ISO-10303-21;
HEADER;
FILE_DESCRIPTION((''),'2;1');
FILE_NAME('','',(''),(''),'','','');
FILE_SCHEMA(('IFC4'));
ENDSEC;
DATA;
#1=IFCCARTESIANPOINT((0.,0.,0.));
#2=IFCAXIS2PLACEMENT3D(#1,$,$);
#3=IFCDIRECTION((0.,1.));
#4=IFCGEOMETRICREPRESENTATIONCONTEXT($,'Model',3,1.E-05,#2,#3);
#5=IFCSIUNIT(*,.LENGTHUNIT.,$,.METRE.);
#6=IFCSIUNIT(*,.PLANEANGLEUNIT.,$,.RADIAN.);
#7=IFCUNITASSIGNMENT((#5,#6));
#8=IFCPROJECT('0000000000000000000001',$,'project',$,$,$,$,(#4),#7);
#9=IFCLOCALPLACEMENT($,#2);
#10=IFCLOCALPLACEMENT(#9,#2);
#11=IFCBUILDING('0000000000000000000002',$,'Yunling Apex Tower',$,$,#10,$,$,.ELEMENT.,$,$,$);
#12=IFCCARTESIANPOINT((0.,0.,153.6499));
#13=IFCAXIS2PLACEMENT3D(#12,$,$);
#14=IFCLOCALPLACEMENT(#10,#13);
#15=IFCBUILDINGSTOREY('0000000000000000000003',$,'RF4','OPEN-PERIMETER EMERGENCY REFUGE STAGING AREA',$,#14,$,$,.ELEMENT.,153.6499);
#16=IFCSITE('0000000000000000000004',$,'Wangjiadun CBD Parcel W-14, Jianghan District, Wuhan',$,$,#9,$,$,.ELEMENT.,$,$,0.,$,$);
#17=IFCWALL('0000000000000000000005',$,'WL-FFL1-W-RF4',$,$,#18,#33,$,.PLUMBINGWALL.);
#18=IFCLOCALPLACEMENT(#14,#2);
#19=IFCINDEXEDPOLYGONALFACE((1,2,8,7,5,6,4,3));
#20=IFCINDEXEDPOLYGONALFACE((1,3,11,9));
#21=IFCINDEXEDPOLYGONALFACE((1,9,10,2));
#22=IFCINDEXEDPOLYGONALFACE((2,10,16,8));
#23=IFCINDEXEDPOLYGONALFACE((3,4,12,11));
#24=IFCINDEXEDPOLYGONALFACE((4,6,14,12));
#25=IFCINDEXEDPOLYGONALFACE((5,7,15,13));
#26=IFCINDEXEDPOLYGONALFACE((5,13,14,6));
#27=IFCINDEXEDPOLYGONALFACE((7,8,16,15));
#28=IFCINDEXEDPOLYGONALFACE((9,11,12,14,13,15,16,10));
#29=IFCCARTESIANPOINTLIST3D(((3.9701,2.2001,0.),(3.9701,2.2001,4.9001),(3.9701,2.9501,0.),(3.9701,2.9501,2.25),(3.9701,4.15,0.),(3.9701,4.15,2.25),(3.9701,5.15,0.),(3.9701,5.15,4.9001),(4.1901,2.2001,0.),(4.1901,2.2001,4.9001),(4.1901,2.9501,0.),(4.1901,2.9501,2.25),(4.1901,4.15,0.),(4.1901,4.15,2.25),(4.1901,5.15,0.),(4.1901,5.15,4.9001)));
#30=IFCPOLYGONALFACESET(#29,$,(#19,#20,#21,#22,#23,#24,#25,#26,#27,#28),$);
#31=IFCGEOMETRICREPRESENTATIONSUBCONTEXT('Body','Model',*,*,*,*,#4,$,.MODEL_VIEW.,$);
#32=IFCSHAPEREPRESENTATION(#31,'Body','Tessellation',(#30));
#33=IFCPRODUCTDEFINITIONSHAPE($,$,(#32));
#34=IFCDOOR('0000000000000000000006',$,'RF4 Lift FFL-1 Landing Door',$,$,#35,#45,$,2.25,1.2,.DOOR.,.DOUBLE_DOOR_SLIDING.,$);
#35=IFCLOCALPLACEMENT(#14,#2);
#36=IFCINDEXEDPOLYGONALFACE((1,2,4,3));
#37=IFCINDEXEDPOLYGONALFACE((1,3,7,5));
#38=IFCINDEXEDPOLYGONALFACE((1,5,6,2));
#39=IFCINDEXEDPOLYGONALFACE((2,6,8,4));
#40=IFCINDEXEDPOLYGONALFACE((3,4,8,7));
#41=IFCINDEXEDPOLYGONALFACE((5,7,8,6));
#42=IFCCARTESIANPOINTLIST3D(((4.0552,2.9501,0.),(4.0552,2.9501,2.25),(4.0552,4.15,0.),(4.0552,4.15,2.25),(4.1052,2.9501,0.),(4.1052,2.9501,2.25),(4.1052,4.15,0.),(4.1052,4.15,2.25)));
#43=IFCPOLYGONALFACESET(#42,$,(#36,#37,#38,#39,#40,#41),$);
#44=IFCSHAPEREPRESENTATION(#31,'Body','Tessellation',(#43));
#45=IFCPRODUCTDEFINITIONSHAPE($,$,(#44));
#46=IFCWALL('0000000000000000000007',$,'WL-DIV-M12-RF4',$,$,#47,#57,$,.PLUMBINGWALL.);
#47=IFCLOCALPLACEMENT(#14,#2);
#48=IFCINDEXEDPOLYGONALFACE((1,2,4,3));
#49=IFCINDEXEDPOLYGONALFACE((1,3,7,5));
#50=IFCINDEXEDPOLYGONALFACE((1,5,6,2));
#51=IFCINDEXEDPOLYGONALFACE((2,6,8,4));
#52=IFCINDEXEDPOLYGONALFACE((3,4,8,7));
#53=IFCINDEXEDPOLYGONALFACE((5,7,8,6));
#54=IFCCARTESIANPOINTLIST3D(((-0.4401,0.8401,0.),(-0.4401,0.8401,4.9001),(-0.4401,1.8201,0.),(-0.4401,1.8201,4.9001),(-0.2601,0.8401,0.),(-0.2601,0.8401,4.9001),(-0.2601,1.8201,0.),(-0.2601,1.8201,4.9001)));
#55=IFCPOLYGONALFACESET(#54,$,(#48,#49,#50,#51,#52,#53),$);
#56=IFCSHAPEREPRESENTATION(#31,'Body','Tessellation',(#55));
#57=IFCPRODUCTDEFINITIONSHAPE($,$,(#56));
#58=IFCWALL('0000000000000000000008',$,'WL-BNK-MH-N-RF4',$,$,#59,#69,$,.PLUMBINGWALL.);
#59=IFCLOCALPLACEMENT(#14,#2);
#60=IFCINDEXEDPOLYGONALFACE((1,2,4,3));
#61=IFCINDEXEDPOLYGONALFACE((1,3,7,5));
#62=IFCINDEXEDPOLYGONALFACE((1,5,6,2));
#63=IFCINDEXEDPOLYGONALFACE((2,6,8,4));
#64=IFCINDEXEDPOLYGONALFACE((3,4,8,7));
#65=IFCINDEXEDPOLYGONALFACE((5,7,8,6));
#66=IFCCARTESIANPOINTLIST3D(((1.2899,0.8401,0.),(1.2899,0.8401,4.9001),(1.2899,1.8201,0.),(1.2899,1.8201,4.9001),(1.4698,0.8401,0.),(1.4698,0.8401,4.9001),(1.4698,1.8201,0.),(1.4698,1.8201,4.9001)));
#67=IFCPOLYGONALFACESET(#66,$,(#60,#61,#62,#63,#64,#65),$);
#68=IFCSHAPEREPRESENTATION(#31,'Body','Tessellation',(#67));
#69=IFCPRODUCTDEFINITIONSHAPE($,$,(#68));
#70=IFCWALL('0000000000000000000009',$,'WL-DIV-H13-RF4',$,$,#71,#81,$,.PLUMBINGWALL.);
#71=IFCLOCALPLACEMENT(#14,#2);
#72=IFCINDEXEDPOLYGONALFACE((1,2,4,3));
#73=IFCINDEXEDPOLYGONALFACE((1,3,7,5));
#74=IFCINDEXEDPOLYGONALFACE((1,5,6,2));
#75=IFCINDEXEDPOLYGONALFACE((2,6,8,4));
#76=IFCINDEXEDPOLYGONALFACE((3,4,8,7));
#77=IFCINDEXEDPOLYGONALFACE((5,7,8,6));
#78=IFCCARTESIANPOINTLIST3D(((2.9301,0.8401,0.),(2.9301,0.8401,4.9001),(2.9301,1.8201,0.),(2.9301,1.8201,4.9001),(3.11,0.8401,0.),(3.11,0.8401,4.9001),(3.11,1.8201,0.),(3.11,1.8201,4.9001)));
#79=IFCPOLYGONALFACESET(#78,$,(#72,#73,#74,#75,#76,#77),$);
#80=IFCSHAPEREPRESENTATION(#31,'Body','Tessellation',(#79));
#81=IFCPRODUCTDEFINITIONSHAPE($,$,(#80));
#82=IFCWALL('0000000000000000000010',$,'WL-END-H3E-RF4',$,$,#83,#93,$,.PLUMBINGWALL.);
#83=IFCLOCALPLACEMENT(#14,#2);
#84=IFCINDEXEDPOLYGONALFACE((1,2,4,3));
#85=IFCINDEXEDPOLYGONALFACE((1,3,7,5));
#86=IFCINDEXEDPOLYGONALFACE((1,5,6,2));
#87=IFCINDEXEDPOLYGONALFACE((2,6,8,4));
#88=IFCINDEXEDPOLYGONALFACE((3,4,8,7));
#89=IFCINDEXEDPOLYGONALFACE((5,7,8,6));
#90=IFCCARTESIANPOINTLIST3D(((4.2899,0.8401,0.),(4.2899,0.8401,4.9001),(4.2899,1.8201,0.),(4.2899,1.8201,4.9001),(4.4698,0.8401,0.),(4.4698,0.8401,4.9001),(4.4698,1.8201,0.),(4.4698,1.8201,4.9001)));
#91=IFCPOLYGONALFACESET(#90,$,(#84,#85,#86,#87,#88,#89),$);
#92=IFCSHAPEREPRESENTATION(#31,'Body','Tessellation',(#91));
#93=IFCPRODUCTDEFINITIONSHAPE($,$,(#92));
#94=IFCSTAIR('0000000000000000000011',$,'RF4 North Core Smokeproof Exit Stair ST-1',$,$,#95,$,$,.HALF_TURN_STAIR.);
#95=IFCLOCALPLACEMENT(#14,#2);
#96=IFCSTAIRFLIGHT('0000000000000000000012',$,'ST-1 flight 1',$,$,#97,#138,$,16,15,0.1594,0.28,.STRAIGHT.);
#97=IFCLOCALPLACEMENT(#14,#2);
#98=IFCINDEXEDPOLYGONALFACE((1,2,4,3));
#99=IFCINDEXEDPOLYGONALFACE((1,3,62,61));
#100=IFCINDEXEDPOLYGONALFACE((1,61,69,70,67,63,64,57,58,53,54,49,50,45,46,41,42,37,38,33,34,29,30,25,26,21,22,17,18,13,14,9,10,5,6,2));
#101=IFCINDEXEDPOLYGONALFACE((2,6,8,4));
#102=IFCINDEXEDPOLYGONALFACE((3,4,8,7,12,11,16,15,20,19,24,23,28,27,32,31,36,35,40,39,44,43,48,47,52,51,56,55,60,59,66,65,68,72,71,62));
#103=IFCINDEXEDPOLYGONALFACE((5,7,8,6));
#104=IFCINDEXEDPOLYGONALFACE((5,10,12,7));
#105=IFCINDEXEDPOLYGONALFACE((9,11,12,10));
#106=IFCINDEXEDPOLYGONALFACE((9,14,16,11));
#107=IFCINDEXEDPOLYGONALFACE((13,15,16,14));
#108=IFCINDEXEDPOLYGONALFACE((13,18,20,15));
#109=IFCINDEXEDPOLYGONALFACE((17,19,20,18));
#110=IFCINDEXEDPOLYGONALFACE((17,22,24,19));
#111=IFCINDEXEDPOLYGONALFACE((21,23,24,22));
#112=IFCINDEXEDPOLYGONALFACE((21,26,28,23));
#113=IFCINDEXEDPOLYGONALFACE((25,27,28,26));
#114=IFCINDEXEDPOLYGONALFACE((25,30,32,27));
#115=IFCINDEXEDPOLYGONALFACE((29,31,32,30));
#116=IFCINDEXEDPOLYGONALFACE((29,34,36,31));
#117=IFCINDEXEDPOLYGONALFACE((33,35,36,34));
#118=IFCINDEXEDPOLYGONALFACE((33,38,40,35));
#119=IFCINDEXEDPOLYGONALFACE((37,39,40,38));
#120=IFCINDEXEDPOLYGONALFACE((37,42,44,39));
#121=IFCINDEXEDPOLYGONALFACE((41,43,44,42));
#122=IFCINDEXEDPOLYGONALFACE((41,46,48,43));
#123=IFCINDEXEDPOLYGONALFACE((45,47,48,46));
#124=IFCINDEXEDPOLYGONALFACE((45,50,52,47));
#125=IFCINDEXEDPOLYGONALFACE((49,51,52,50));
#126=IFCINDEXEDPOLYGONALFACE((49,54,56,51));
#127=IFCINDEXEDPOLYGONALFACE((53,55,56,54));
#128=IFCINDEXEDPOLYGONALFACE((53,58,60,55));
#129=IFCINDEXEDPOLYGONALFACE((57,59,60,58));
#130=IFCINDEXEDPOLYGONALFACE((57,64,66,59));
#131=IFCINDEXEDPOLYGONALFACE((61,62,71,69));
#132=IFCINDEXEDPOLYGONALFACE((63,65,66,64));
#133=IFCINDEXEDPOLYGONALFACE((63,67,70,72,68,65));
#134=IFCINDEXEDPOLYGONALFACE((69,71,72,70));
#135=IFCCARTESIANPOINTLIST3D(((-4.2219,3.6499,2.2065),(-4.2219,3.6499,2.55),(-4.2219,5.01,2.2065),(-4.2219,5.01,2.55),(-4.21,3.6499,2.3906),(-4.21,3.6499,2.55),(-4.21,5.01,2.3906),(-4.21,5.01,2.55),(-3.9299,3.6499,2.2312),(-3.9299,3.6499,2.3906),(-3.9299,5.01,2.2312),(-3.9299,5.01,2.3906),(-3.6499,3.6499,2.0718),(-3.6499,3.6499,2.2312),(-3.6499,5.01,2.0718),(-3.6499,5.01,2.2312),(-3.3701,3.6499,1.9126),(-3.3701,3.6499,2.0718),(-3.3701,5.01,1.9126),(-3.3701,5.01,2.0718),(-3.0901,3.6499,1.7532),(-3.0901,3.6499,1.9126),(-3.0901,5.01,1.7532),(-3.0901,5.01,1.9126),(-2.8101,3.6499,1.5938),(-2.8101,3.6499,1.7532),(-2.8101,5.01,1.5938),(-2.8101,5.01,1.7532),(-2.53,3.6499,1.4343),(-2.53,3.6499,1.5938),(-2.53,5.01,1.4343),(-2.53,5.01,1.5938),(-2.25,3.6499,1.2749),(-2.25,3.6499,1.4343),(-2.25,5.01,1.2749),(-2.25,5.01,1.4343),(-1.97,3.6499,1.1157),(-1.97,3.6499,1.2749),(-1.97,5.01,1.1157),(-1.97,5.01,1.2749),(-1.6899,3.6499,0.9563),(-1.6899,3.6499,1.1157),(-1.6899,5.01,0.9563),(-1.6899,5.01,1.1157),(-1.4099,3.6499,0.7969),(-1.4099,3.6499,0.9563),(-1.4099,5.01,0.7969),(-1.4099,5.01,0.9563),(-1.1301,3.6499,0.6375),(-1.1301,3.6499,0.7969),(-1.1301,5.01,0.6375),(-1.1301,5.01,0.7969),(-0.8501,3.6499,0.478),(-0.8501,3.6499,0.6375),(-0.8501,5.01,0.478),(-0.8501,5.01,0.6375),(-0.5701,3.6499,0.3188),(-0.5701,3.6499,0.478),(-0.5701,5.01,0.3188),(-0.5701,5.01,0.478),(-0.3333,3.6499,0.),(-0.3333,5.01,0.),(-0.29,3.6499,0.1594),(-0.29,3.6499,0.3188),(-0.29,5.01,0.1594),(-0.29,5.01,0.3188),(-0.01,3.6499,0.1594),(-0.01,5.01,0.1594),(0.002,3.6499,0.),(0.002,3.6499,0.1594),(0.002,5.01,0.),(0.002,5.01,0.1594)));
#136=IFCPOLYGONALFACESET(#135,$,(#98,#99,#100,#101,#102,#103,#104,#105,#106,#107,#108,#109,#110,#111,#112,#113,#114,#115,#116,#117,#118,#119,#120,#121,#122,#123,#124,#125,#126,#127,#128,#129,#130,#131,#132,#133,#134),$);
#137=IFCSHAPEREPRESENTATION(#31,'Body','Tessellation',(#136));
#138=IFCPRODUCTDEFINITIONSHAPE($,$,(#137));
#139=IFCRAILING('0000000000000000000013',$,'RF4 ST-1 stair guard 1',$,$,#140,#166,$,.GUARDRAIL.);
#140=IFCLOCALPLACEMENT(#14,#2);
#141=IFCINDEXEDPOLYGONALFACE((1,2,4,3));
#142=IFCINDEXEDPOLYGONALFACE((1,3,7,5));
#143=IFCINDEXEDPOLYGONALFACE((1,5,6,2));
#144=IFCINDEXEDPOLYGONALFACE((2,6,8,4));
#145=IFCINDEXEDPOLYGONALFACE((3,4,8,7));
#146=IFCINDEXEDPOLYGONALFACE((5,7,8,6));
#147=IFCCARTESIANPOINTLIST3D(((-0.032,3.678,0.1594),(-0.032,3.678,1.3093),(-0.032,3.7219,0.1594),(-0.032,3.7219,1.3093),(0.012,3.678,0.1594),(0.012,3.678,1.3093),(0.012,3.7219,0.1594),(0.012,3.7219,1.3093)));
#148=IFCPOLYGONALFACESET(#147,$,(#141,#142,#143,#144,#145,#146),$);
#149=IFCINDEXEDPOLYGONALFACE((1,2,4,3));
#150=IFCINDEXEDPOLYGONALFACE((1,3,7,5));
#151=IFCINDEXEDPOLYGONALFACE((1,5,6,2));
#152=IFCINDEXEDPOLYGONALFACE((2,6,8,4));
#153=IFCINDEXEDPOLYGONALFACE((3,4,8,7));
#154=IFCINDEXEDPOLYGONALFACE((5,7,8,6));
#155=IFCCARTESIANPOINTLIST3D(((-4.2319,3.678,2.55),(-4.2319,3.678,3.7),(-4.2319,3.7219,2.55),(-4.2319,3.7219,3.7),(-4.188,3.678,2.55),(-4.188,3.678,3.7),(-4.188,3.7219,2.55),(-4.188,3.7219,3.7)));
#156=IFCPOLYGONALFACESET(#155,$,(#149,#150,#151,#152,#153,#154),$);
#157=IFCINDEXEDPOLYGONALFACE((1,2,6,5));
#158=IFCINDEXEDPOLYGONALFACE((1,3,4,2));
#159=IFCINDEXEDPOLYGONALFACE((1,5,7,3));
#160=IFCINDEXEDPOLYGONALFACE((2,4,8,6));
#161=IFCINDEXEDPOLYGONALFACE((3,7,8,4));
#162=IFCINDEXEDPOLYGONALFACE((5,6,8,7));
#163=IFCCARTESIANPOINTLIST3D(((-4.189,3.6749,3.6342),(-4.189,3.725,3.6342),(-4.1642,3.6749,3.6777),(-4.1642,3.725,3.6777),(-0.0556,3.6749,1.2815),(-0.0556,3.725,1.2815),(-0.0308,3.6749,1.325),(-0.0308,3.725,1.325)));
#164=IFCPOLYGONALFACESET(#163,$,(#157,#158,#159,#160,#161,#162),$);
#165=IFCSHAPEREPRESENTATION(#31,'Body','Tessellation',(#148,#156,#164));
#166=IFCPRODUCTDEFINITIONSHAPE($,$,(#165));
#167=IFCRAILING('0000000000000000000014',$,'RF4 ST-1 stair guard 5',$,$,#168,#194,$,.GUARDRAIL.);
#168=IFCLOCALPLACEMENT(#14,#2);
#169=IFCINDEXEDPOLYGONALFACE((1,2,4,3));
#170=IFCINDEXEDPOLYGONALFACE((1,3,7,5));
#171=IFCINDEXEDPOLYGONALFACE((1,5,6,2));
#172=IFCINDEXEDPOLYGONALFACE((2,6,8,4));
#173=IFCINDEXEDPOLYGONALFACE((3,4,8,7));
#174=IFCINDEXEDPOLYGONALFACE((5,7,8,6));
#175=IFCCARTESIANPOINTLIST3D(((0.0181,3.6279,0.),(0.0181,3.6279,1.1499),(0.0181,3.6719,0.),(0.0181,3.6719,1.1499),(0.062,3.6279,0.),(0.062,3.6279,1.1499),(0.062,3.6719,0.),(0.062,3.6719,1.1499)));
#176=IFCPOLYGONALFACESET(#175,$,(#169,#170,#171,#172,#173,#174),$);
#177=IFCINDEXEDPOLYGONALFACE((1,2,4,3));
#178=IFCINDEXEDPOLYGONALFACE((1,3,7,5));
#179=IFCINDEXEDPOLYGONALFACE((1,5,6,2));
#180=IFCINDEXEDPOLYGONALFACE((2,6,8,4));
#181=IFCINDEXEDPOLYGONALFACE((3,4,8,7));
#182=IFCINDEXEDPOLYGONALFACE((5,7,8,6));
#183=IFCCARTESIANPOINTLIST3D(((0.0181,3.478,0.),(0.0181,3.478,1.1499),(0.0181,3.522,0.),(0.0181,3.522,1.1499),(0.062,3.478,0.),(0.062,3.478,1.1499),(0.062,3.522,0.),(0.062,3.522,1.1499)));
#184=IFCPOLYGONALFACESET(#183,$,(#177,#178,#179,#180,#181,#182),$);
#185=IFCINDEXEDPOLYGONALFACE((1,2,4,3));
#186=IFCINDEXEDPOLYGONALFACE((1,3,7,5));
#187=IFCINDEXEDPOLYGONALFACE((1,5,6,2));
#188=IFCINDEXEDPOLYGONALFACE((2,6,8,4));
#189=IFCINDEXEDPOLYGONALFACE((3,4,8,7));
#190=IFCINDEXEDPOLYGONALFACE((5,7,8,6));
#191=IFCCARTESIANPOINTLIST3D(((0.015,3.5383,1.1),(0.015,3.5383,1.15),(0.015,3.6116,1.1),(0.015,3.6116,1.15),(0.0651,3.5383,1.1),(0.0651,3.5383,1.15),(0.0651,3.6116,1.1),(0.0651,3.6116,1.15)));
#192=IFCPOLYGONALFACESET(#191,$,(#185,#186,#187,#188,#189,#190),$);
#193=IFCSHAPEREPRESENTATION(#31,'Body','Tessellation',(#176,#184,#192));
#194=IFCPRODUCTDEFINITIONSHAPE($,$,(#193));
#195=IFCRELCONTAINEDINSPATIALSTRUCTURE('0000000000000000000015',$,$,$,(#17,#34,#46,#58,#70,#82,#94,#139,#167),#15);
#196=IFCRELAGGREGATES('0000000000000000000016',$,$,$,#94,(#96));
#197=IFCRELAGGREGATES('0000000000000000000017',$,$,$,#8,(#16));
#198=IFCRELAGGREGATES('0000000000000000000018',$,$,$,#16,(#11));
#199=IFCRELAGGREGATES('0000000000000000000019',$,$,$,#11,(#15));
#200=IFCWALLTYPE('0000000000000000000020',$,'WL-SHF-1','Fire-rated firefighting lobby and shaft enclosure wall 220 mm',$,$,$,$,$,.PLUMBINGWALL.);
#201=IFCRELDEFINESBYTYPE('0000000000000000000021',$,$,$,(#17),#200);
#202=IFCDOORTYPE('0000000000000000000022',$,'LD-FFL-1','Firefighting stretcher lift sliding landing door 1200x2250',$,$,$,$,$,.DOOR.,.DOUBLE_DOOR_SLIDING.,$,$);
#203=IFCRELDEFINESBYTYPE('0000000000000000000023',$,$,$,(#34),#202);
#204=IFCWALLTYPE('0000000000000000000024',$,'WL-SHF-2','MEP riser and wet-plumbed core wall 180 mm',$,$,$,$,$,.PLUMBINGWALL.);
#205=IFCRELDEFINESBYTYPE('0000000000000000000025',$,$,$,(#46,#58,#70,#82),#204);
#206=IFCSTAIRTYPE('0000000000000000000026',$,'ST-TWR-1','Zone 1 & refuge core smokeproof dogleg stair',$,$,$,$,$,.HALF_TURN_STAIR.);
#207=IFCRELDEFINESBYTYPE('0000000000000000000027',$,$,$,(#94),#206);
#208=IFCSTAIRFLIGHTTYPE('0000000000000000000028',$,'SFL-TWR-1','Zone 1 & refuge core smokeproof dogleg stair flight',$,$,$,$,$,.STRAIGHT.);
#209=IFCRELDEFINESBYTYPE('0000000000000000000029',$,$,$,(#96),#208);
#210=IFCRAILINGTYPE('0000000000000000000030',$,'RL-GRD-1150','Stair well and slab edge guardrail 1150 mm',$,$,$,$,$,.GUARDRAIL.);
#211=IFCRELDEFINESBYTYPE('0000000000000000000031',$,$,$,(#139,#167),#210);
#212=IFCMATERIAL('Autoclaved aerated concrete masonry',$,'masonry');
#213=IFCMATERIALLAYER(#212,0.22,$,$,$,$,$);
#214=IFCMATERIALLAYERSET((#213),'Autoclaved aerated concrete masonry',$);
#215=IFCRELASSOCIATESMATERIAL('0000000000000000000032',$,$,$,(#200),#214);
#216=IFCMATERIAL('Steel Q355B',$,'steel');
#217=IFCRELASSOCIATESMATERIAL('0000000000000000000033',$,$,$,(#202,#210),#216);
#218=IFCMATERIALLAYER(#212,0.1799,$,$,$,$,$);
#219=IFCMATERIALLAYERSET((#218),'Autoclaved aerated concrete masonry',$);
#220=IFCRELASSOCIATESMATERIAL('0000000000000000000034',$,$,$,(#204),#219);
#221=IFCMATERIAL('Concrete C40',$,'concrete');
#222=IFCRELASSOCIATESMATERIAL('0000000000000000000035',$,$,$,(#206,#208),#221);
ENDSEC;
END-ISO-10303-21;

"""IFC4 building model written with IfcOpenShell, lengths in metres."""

from ifc_helpers import new_model, si_unit, direction, frame, frame_2d, origin, origin_2d, place, context, subcontext, project, spatial, polyline, rectangle, outline, extrude, material, layer, layer_set, type_object, element, fill, aggregate, save


model = new_model("IFC4")

# Units and contexts
model_context = context("Model", 3, precision=1e-05, world=origin(), true_north=direction((0.0, 1.0)))
body_context = subcontext(model_context, "Body", "Model", "MODEL_VIEW")
ifc_project = project(units=[si_unit("LENGTHUNIT", "METRE"), si_unit("PLANEANGLEUNIT", "RADIAN")], contexts=[model_context])

# Site, building, storey
site_placement = place(None, origin())
site = spatial("IfcSite", under=ifc_project, at=site_placement, Name="Wangjiadun CBD Parcel W-14, Jianghan District, Wuhan", CompositionType="ELEMENT", RefElevation=0.0)
building_placement = place(site_placement, origin())
building = spatial("IfcBuilding", under=site, at=building_placement, Name="Yunling Apex Tower", CompositionType="ELEMENT")
storey_placement = place(building_placement, frame((0.0, 0.0, 153.6499)))
storey = spatial("IfcBuildingStorey", under=building, at=storey_placement, Name="RF4", Description="OPEN-PERIMETER EMERGENCY REFUGE STAGING AREA", CompositionType="ELEMENT", Elevation=153.6499)

# Shared definitions
ifc_material_1 = material(Name="Steel Q355B", Category="steel")

# Shared definitions
ifc_material_2 = material(Name="Concrete C40", Category="concrete")

# Wall, opening, door
ifc_material_3 = material(Name="Autoclaved aerated concrete masonry", Category="masonry")
ifc_layer_1 = layer(ifc_material_3, 0.22)
ifc_layer_set_1 = layer_set([ifc_layer_1], Name="Autoclaved aerated concrete masonry")
wall_type_1 = type_object("IfcWallType", Name="WL-SHF-1", Description="Fire-rated firefighting lobby and shaft enclosure wall 220 mm", PredefinedType="PLUMBINGWALL", material=ifc_layer_set_1)
wall_1_placement = place(storey_placement, frame((4.0801, 2.2, 0.0), z_axis=(0.0, 0.0, 1.0), x_axis=(0.0, 1.0, 0.0)))
wall_1 = element("IfcWall", 1, at=wall_1_placement, inside=storey, type_object=wall_type_1, Name="WL-FFL1-W-RF4", PredefinedType="PLUMBINGWALL", context=body_context, shape_type="SweptSolid", body=[
    extrude(rectangle(XDim=2.95, YDim=0.22, at=frame_2d((1.4751, 0.0))), origin(), (0.0, 0.0, 1.0), 4.9001),
])
opening_1_placement = place(wall_1_placement, frame((0.75, 0.0, 0.0)))
opening_1 = element("IfcOpeningElement", 2, at=opening_1_placement, cuts=wall_1, PredefinedType="OPENING", context=body_context, shape_type="SweptSolid", body=[
    extrude(rectangle(XDim=1.2, YDim=2.25, at=frame_2d((0.6001, 1.125))), frame((0.0, 0.1201, 0.0), z_axis=(0.0, -1.0, 0.0), x_axis=(1.0, 0.0, 0.0)), (0.0, 0.0, 1.0), 0.24),
])
door_type_1 = type_object("IfcDoorType", Name="LD-FFL-1", Description="Firefighting stretcher lift sliding landing door 1200x2250", OperationType="DOUBLE_DOOR_SLIDING", PredefinedType="DOOR", material=ifc_material_1)
door_1_placement = place(opening_1_placement, origin())
door_1 = element("IfcDoor", 3, at=door_1_placement, inside=storey, type_object=door_type_1, Name="RF4 Lift FFL-1 Landing Door", OperationType="DOUBLE_DOOR_SLIDING", OverallHeight=2.25, OverallWidth=1.2, PredefinedType="DOOR", context=body_context, shape_type="SweptSolid", body=[
    extrude(rectangle(XDim=1.2, YDim=2.25, at=frame_2d((0.6001, 1.125))), frame((0.0, 0.0249, 0.0), z_axis=(0.0, -1.0, 0.0), x_axis=(1.0, 0.0, 0.0)), (0.0, 0.0, 1.0), 0.05),
])
fill(opening_1, door_1)

# Walls
ifc_layer_2 = layer(ifc_material_3, 0.1799)
ifc_layer_set_2 = layer_set([ifc_layer_2], Name="Autoclaved aerated concrete masonry")
wall_type_2 = type_object("IfcWallType", Name="WL-SHF-2", Description="MEP riser and wet-plumbed core wall 180 mm", PredefinedType="PLUMBINGWALL", material=ifc_layer_set_2)
for number, where, z_axis, x_axis, name in (
    (4, (-0.3501, 0.8401, 0.0), (0.0, 0.0, 1.0), (0.0, 1.0, 0.0), "WL-DIV-M12-RF4"),
    (5, (1.3799, 0.8401, 0.0), (0.0, 0.0, 1.0), (0.0, 1.0, 0.0), "WL-BNK-MH-N-RF4"),
    (6, (3.02, 0.8401, 0.0), (0.0, 0.0, 1.0), (0.0, 1.0, 0.0), "WL-DIV-H13-RF4"),
    (7, (4.3799, 0.8401, 0.0), (0.0, 0.0, 1.0), (0.0, 1.0, 0.0), "WL-END-H3E-RF4"),
):
    element("IfcWall", number, at=place(storey_placement, frame(where, z_axis=z_axis, x_axis=x_axis)), inside=storey, type_object=wall_type_2, Name=name, PredefinedType="PLUMBINGWALL", context=body_context, shape_type="SweptSolid", body=[
        extrude(rectangle(XDim=0.98, YDim=0.1799, at=frame_2d((0.49, 0.0))), origin(), (0.0, 0.0, 1.0), 4.9001),
    ])

# Stair, stair flight
stair_type = type_object("IfcStairType", Name="ST-TWR-1", Description="Zone 1 & refuge core smokeproof dogleg stair", PredefinedType="HALF_TURN_STAIR", material=ifc_material_2)
stair_placement = place(storey_placement, origin())
stair = element("IfcStair", 8, at=stair_placement, inside=storey, type_object=stair_type, Name="RF4 North Core Smokeproof Exit Stair ST-1", PredefinedType="HALF_TURN_STAIR")
stair_flight_type = type_object("IfcStairFlightType", Name="SFL-TWR-1", Description="Zone 1 & refuge core smokeproof dogleg stair flight", PredefinedType="STRAIGHT", material=ifc_material_2)
stair_flight_placement = place(storey_placement, frame((-0.01, 4.3301, 0.0), z_axis=(0.0, 0.0, 1.0), x_axis=(-1.0, 0.0, 0.0)))
stair_flight = element("IfcStairFlight", 9, at=stair_flight_placement, type_object=stair_flight_type, Name="ST-1 flight 1", NumberOfRisers=16, NumberOfTreads=15, PredefinedType="STRAIGHT", RiserHeight=0.1594, TreadLength=0.28, context=body_context, shape_type="SweptSolid", body=[
    extrude(outline(polyline([(-0.012, 0.0), (-0.012, 0.1594), (0.0, 0.1594), (0.28, 0.1594), (0.28, 0.3188), (0.5601, 0.3188), (0.5601, 0.478), (0.8401, 0.478), (0.8401, 0.6375), (1.1201, 0.6375), (1.1201, 0.7969), (1.3999, 0.7969), (1.3999, 0.9563), (1.6799, 0.9563), (1.6799, 1.1157), (1.96, 1.1157), (1.96, 1.2749), (2.24, 1.2749), (2.24, 1.4343), (2.52, 1.4343), (2.52, 1.5938), (2.8, 1.5938), (2.8, 1.7532), (3.0801, 1.7532), (3.0801, 1.9126), (3.3601, 1.9126), (3.3601, 2.0718), (3.6399, 2.0718), (3.6399, 2.2312), (3.9199, 2.2312), (3.9199, 2.3906), (4.2, 2.3906), (4.2, 2.55), (4.2119, 2.55), (4.2119, 2.2065), (0.3232, 0.0), (-0.012, 0.0)])), frame((0.0, 0.6802, 0.0), z_axis=(0.0, -1.0, 0.0), x_axis=(1.0, 0.0, 0.0)), (0.0, 0.0, 1.0), 1.3601),
])
aggregate(stair, [stair_flight])

# Railings
railing_type_1 = type_object("IfcRailingType", Name="RL-GRD-1150", Description="Stair well and slab edge guardrail 1150 mm", PredefinedType="GUARDRAIL", material=ifc_material_1)
railing_1_placement = place(storey_placement, frame((-0.01, 3.7, 0.1594)))
element("IfcRailing", 10, at=railing_1_placement, inside=storey, type_object=railing_type_1, Name="RF4 ST-1 stair guard 1", PredefinedType="GUARDRAIL", context=body_context, shape_type="SweptSolid", body=[
    extrude(rectangle(XDim=0.0439, YDim=0.0439, at=origin_2d()), origin(), (0.0, 0.0, 1.0), 1.1499),
    extrude(rectangle(XDim=0.0439, YDim=0.0439, at=origin_2d()), frame((-4.2, 0.0, 2.3906)), (0.0, 0.0, 1.0), 1.1499),
    extrude(rectangle(XDim=0.05, YDim=0.05, at=origin_2d()), frame((-0.0332, 0.0, 1.1438), z_axis=(-0.869075, 0.0, 0.49468), x_axis=(0.0, -1.0, 0.0)), (0.0, 0.0, 1.0), 4.7561),
])
railing_2_placement = place(storey_placement, frame((0.04, 3.6499, 0.0)))
element("IfcRailing", 11, at=railing_2_placement, inside=storey, type_object=railing_type_1, Name="RF4 ST-1 stair guard 5", PredefinedType="GUARDRAIL", context=body_context, shape_type="SweptSolid", body=[
    extrude(rectangle(XDim=0.0439, YDim=0.0439, at=origin_2d()), origin(), (0.0, 0.0, 1.0), 1.1499),
    extrude(rectangle(XDim=0.0439, YDim=0.0439, at=origin_2d()), frame((0.0, -0.1499, 0.0)), (0.0, 0.0, 1.0), 1.1499),
    extrude(rectangle(XDim=0.05, YDim=0.05, at=origin_2d()), frame((0.0, -0.0383, 1.125), z_axis=(0.0, -1.0, 0.0), x_axis=(1.0, 0.0, 0.0)), (0.0, 0.0, 1.0), 0.0732),
])

save(model, "model.ifc")
